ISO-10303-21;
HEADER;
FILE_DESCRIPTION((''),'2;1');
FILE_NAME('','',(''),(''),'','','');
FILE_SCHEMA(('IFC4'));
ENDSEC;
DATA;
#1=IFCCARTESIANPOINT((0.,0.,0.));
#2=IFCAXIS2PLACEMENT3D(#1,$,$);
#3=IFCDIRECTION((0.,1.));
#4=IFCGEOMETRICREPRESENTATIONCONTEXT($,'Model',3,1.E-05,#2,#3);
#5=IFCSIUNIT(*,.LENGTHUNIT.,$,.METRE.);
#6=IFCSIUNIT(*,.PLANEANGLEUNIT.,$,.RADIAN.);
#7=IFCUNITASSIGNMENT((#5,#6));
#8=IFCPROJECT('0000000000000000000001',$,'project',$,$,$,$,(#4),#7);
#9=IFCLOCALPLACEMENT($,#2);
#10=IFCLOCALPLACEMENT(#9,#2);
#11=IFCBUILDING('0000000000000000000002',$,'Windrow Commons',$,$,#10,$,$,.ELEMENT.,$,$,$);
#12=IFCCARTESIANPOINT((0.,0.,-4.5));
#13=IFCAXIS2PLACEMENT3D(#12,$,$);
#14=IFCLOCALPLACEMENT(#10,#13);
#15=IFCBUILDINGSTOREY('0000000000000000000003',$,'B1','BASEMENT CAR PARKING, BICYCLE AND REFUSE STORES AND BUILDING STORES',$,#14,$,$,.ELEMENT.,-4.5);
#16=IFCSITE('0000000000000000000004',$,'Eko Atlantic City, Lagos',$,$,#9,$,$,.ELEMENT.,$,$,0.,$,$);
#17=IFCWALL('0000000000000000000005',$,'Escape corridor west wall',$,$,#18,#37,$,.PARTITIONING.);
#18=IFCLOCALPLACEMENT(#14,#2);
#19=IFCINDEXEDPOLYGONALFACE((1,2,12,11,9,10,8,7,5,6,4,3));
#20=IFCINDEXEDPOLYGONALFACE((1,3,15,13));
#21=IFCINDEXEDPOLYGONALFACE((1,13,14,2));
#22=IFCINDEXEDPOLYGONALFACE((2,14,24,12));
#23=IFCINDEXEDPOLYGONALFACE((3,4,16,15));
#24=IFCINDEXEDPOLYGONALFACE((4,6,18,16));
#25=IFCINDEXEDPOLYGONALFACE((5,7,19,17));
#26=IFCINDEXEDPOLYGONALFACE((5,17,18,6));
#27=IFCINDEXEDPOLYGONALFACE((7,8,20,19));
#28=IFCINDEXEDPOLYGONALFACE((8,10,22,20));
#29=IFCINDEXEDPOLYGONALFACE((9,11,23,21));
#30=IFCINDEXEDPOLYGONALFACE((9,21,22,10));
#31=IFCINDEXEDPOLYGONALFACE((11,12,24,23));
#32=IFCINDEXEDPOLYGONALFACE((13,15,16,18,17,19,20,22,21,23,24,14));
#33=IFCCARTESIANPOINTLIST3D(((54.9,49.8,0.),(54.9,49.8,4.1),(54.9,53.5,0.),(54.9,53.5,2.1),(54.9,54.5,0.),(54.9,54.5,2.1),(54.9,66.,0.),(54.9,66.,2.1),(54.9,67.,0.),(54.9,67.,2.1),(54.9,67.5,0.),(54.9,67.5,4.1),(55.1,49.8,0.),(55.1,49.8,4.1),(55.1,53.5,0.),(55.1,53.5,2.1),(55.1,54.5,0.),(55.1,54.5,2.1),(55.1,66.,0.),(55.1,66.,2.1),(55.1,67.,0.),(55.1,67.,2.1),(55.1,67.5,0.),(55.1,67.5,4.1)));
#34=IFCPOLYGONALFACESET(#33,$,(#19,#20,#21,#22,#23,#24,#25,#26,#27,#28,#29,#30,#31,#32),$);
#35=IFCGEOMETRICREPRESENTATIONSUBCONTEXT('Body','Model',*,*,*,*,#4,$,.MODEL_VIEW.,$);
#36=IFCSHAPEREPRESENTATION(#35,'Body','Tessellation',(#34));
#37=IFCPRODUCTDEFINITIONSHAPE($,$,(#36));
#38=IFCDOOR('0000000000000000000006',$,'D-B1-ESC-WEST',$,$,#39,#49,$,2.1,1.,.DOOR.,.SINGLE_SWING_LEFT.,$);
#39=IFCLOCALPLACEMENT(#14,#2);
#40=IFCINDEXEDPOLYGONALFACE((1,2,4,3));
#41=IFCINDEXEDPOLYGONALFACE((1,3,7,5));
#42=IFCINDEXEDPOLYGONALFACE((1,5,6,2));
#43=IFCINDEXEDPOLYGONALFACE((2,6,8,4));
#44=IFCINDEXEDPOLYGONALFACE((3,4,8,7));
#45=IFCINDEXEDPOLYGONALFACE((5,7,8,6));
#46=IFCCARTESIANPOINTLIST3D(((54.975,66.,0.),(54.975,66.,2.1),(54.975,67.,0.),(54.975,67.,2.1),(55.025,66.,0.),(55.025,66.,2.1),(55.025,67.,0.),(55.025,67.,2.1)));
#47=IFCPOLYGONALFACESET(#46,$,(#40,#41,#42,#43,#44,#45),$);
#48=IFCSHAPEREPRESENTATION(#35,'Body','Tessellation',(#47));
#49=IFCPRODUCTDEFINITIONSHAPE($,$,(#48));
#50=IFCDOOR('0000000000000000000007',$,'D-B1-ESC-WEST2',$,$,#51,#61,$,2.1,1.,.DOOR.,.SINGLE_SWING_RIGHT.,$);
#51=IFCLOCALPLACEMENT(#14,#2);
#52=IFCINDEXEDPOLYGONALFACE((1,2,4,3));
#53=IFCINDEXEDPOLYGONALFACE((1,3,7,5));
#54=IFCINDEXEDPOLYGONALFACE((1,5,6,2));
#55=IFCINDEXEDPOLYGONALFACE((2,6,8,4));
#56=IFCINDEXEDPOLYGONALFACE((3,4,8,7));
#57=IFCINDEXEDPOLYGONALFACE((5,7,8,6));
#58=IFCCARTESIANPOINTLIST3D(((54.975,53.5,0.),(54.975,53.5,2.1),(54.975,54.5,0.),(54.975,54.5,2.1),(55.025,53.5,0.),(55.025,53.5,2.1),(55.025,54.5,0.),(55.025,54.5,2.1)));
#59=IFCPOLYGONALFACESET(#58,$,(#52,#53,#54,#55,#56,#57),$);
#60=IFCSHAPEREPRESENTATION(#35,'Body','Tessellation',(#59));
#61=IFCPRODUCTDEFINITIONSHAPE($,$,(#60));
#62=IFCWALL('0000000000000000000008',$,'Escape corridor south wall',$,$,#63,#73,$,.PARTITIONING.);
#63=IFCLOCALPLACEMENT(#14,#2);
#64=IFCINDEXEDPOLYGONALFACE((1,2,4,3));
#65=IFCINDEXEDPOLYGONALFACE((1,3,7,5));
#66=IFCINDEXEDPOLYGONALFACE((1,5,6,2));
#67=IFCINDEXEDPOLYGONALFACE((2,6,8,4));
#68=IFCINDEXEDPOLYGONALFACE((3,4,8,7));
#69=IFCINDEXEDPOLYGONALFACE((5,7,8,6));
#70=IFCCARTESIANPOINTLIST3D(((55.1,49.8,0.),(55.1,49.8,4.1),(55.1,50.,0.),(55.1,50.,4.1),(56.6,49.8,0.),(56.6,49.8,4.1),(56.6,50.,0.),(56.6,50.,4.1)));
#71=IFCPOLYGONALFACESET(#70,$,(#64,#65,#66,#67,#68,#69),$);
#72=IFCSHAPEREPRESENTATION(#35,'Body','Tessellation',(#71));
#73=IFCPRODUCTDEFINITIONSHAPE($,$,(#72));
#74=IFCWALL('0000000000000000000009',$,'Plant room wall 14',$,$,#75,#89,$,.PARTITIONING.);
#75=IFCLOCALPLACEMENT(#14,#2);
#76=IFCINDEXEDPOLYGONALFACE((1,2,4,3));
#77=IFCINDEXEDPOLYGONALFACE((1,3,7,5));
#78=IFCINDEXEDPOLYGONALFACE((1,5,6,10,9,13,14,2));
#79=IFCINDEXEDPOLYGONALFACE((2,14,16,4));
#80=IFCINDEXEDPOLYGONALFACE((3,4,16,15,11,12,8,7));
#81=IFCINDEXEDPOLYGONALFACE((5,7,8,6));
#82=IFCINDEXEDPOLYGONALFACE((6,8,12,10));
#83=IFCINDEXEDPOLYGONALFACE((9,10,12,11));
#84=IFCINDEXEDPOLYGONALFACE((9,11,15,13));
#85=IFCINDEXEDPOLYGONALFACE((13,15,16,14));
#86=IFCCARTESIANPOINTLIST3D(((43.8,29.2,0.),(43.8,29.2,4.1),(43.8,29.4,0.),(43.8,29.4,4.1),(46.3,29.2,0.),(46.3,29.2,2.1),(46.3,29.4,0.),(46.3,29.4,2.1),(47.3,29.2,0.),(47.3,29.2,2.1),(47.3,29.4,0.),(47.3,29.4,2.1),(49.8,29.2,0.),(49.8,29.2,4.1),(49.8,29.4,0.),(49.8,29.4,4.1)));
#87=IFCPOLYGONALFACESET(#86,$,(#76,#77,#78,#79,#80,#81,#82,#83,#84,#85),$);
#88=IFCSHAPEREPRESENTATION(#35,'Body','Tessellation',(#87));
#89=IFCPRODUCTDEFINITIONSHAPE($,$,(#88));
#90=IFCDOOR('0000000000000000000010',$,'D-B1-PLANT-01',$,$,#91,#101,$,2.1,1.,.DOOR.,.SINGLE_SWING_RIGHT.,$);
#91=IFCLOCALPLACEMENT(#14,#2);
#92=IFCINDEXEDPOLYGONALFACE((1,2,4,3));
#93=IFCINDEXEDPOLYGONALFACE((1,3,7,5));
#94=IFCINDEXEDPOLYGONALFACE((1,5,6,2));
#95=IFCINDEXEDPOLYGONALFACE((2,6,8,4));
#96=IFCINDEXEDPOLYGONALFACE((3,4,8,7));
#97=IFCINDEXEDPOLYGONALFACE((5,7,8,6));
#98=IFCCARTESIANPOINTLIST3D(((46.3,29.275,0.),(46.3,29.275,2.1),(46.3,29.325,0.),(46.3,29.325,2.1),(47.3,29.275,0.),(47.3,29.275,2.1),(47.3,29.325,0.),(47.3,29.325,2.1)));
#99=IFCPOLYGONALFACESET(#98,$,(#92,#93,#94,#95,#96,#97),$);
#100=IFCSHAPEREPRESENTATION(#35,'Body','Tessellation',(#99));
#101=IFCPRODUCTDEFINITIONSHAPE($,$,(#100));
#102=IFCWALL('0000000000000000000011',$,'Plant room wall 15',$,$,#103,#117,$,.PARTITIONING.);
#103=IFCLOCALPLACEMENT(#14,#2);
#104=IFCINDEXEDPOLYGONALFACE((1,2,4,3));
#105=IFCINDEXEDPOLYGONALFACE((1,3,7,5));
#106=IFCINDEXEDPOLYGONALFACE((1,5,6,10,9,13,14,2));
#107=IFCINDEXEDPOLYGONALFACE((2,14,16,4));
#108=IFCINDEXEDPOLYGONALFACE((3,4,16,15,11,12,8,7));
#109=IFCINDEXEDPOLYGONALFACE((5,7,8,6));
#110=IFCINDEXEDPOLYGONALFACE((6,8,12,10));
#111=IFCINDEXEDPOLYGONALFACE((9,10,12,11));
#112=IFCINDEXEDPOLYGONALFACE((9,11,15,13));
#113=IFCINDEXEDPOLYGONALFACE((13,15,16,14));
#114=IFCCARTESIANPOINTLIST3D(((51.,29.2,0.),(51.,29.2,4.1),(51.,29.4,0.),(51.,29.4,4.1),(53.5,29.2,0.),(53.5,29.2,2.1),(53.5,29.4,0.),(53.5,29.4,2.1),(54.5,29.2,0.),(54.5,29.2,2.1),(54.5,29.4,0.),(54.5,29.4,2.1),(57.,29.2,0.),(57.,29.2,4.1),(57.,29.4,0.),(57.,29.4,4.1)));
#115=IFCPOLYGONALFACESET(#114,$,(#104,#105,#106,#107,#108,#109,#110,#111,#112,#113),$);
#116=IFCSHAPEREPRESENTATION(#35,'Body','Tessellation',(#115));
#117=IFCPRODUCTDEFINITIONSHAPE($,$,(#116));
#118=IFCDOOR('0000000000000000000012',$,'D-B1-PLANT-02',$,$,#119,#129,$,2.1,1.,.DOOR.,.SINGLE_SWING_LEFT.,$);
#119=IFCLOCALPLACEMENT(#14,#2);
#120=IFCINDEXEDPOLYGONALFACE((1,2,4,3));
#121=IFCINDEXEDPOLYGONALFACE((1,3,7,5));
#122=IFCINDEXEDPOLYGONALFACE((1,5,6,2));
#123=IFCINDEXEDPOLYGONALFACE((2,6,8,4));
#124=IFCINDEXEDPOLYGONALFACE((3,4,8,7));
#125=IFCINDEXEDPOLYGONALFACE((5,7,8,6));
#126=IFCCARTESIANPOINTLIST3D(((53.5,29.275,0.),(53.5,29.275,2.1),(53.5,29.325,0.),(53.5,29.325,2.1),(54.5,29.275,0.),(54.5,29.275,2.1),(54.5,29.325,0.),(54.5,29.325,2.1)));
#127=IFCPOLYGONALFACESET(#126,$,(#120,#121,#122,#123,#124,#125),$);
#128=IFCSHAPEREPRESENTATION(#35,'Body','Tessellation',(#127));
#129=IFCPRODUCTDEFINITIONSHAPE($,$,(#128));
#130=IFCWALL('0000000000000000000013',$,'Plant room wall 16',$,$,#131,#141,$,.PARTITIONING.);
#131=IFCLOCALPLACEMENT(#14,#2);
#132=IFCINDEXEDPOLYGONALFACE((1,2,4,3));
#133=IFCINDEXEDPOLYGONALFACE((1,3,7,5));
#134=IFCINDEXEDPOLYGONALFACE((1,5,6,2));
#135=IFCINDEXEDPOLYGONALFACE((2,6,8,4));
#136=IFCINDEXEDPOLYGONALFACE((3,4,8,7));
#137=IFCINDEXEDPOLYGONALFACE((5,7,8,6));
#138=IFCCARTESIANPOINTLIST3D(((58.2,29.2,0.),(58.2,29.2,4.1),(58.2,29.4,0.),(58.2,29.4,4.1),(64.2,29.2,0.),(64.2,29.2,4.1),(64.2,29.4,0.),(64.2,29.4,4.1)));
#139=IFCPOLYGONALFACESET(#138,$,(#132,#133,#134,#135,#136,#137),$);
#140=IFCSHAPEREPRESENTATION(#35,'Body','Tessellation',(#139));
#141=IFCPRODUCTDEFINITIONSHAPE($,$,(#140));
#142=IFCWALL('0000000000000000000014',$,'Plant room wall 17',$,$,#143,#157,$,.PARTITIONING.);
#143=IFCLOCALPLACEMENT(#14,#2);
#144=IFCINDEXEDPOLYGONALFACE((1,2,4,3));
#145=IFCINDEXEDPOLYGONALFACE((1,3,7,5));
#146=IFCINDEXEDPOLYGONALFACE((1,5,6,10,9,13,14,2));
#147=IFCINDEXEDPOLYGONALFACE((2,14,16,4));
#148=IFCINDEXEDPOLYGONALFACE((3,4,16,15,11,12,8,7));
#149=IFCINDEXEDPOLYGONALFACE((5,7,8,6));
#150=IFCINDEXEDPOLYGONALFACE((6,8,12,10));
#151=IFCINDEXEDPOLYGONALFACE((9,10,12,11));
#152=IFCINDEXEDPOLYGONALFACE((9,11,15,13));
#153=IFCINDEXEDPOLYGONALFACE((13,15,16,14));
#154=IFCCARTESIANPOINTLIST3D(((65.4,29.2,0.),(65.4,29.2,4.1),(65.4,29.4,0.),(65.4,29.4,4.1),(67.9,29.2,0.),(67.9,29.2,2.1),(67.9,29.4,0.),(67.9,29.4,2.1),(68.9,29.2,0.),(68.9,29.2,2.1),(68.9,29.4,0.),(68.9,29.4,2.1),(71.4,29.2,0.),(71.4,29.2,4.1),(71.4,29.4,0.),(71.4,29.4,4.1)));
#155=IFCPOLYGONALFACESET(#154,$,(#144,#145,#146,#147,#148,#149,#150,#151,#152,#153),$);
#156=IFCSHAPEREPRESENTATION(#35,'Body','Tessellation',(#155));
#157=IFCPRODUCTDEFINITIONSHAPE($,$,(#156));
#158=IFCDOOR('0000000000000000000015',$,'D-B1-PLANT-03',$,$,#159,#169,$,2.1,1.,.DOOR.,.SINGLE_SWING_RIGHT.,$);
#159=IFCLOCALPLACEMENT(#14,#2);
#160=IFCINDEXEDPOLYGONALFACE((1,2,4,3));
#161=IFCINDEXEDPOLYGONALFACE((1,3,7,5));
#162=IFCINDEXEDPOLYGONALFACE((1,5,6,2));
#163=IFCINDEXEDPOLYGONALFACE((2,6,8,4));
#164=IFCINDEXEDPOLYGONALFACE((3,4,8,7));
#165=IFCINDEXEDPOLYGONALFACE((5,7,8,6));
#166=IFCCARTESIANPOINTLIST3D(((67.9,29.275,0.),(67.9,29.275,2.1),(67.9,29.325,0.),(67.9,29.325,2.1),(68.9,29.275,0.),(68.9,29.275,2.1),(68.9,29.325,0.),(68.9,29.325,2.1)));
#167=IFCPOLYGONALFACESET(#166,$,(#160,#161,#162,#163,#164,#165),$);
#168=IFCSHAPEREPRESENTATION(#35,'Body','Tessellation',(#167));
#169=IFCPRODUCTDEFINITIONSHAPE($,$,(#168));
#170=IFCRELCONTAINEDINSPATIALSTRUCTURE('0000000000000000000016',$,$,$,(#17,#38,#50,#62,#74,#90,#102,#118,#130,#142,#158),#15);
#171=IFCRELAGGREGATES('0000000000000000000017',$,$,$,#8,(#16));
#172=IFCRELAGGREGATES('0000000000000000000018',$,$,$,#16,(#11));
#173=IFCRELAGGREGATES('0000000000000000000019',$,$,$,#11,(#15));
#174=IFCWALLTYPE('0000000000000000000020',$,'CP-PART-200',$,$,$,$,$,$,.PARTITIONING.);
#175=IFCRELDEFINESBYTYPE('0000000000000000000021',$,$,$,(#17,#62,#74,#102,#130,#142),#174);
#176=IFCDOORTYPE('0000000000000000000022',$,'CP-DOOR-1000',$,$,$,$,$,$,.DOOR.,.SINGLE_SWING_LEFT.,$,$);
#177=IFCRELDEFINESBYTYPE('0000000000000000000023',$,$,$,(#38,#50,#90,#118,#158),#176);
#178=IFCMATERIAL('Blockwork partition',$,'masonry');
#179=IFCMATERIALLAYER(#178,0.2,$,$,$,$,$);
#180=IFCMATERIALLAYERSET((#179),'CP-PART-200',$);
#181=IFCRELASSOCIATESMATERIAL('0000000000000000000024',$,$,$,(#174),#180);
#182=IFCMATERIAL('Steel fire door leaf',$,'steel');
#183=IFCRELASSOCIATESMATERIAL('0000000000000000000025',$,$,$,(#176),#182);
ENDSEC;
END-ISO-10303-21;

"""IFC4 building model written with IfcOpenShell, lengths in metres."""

from ifc_helpers import new_model, si_unit, direction, frame, frame_2d, origin, place, context, subcontext, project, spatial, rectangle, extrude, material, layer, layer_set, type_object, element, fill, save


model = new_model("IFC4")

# Units and contexts
model_context = context("Model", 3, precision=1e-05, world=origin(), true_north=direction((0.0, 1.0)))
body_context = subcontext(model_context, "Body", "Model", "MODEL_VIEW")
ifc_project = project(units=[si_unit("LENGTHUNIT", "METRE"), si_unit("PLANEANGLEUNIT", "RADIAN")], contexts=[model_context])

# Site, building, storey
site_placement = place(None, origin())
site = spatial("IfcSite", under=ifc_project, at=site_placement, Name="Eko Atlantic City, Lagos", CompositionType="ELEMENT", RefElevation=0.0)
building_placement = place(site_placement, origin())
building = spatial("IfcBuilding", under=site, at=building_placement, Name="Windrow Commons", CompositionType="ELEMENT")
storey_placement = place(building_placement, frame((0.0, 0.0, -4.5)))
storey = spatial("IfcBuildingStorey", under=building, at=storey_placement, Name="B1", Description="BASEMENT CAR PARKING, BICYCLE AND REFUSE STORES AND BUILDING STORES", CompositionType="ELEMENT", Elevation=-4.5)

# Wall, openings, doors
ifc_material_1 = material(Name="Blockwork partition", Category="masonry")
ifc_layer_1 = layer(ifc_material_1, 0.2)
ifc_layer_set_1 = layer_set([ifc_layer_1], Name="CP-PART-200")
wall_type_1 = type_object("IfcWallType", Name="CP-PART-200", PredefinedType="PARTITIONING", material=ifc_layer_set_1)
wall_1_placement = place(storey_placement, frame((55.0, 49.8, 0.0), z_axis=(0.0, 0.0, 1.0), x_axis=(0.0, 1.0, 0.0)))
wall_1 = element("IfcWall", 1, at=wall_1_placement, inside=storey, type_object=wall_type_1, Name="Escape corridor west wall", PredefinedType="PARTITIONING", context=body_context, shape_type="SweptSolid", body=[
    extrude(rectangle(XDim=17.7, YDim=0.2, at=frame_2d((8.85, 0.0))), origin(), (0.0, 0.0, 1.0), 4.1),
])
opening_1_placement = place(wall_1_placement, frame((16.2, 0.0, 0.0)))
opening_1 = element("IfcOpeningElement", 2, at=opening_1_placement, cuts=wall_1, PredefinedType="OPENING", context=body_context, shape_type="SweptSolid", body=[
    extrude(rectangle(XDim=1.0, YDim=2.1, at=frame_2d((0.5, 1.05))), frame((0.0, 0.11, 0.0), z_axis=(0.0, -1.0, 0.0), x_axis=(1.0, 0.0, 0.0)), (0.0, 0.0, 1.0), 0.22),
])
opening_2_placement = place(wall_1_placement, frame((3.7, 0.0, 0.0)))
opening_2 = element("IfcOpeningElement", 3, at=opening_2_placement, cuts=wall_1, PredefinedType="OPENING", context=body_context, shape_type="SweptSolid", body=[
    extrude(rectangle(XDim=1.0, YDim=2.1, at=frame_2d((0.5, 1.05))), frame((0.0, 0.11, 0.0), z_axis=(0.0, -1.0, 0.0), x_axis=(1.0, 0.0, 0.0)), (0.0, 0.0, 1.0), 0.22),
])
ifc_material_2 = material(Name="Steel fire door leaf", Category="steel")
door_type = type_object("IfcDoorType", Name="CP-DOOR-1000", OperationType="SINGLE_SWING_LEFT", PredefinedType="DOOR", material=ifc_material_2)
door_1_placement = place(opening_1_placement, origin())
door_1 = element("IfcDoor", 4, at=door_1_placement, inside=storey, type_object=door_type, Name="D-B1-ESC-WEST", OperationType="SINGLE_SWING_LEFT", OverallHeight=2.1, OverallWidth=1.0, PredefinedType="DOOR", context=body_context, shape_type="SweptSolid", body=[
    extrude(rectangle(XDim=1.0, YDim=2.1, at=frame_2d((0.5, 1.05))), frame((0.0, 0.025, 0.0), z_axis=(0.0, -1.0, 0.0), x_axis=(1.0, 0.0, 0.0)), (0.0, 0.0, 1.0), 0.05),
])
fill(opening_1, door_1)
door_2_placement = place(opening_2_placement, origin())
door_2 = element("IfcDoor", 5, at=door_2_placement, inside=storey, type_object=door_type, Name="D-B1-ESC-WEST2", OperationType="SINGLE_SWING_RIGHT", OverallHeight=2.1, OverallWidth=1.0, PredefinedType="DOOR", context=body_context, shape_type="SweptSolid", body=[
    extrude(rectangle(XDim=1.0, YDim=2.1, at=frame_2d((0.5, 1.05))), frame((0.0, 0.025, 0.0), z_axis=(0.0, -1.0, 0.0), x_axis=(1.0, 0.0, 0.0)), (0.0, 0.0, 1.0), 0.05),
])
fill(opening_2, door_2)

# Wall
wall_2_placement = place(storey_placement, frame((55.1, 49.9, 0.0), z_axis=(0.0, 0.0, 1.0), x_axis=(1.0, 0.0, 0.0)))
element("IfcWall", 6, at=wall_2_placement, inside=storey, type_object=wall_type_1, Name="Escape corridor south wall", PredefinedType="PARTITIONING", context=body_context, shape_type="SweptSolid", body=[
    extrude(rectangle(XDim=1.5, YDim=0.2, at=frame_2d((0.75, 0.0))), origin(), (0.0, 0.0, 1.0), 4.1),
])

# Walls, openings, doors
wall_3_placement = place(storey_placement, frame((43.8, 29.3, 0.0), z_axis=(0.0, 0.0, 1.0), x_axis=(1.0, 0.0, 0.0)))
wall_3 = element("IfcWall", 7, at=wall_3_placement, inside=storey, type_object=wall_type_1, Name="Plant room wall 14", PredefinedType="PARTITIONING", context=body_context, shape_type="SweptSolid", body=[
    extrude(rectangle(XDim=6.0, YDim=0.2, at=frame_2d((3.0, 0.0))), origin(), (0.0, 0.0, 1.0), 4.1),
])
opening_3_placement = place(wall_3_placement, frame((2.5, 0.0, 0.0)))
opening_3 = element("IfcOpeningElement", 8, at=opening_3_placement, cuts=wall_3, PredefinedType="OPENING", context=body_context, shape_type="SweptSolid", body=[
    extrude(rectangle(XDim=1.0, YDim=2.1, at=frame_2d((0.5, 1.05))), frame((0.0, 0.11, 0.0), z_axis=(0.0, -1.0, 0.0), x_axis=(1.0, 0.0, 0.0)), (0.0, 0.0, 1.0), 0.22),
])
door_3_placement = place(opening_3_placement, origin())
door_3 = element("IfcDoor", 9, at=door_3_placement, inside=storey, type_object=door_type, Name="D-B1-PLANT-01", OperationType="SINGLE_SWING_RIGHT", OverallHeight=2.1, OverallWidth=1.0, PredefinedType="DOOR", context=body_context, shape_type="SweptSolid", body=[
    extrude(rectangle(XDim=1.0, YDim=2.1, at=frame_2d((0.5, 1.05))), frame((0.0, 0.025, 0.0), z_axis=(0.0, -1.0, 0.0), x_axis=(1.0, 0.0, 0.0)), (0.0, 0.0, 1.0), 0.05),
])
fill(opening_3, door_3)
wall_4_placement = place(storey_placement, frame((51.0, 29.3, 0.0), z_axis=(0.0, 0.0, 1.0), x_axis=(1.0, 0.0, 0.0)))
wall_4 = element("IfcWall", 10, at=wall_4_placement, inside=storey, type_object=wall_type_1, Name="Plant room wall 15", PredefinedType="PARTITIONING", context=body_context, shape_type="SweptSolid", body=[
    extrude(rectangle(XDim=6.0, YDim=0.2, at=frame_2d((3.0, 0.0))), origin(), (0.0, 0.0, 1.0), 4.1),
])
opening_4_placement = place(wall_4_placement, frame((2.5, 0.0, 0.0)))
opening_4 = element("IfcOpeningElement", 11, at=opening_4_placement, cuts=wall_4, PredefinedType="OPENING", context=body_context, shape_type="SweptSolid", body=[
    extrude(rectangle(XDim=1.0, YDim=2.1, at=frame_2d((0.5, 1.05))), frame((0.0, 0.11, 0.0), z_axis=(0.0, -1.0, 0.0), x_axis=(1.0, 0.0, 0.0)), (0.0, 0.0, 1.0), 0.22),
])
door_4_placement = place(opening_4_placement, origin())
door_4 = element("IfcDoor", 12, at=door_4_placement, inside=storey, type_object=door_type, Name="D-B1-PLANT-02", OperationType="SINGLE_SWING_LEFT", OverallHeight=2.1, OverallWidth=1.0, PredefinedType="DOOR", context=body_context, shape_type="SweptSolid", body=[
    extrude(rectangle(XDim=1.0, YDim=2.1, at=frame_2d((0.5, 1.05))), frame((0.0, 0.025, 0.0), z_axis=(0.0, -1.0, 0.0), x_axis=(1.0, 0.0, 0.0)), (0.0, 0.0, 1.0), 0.05),
])
fill(opening_4, door_4)

# Wall
wall_5_placement = place(storey_placement, frame((58.2, 29.3, 0.0), z_axis=(0.0, 0.0, 1.0), x_axis=(1.0, 0.0, 0.0)))
element("IfcWall", 13, at=wall_5_placement, inside=storey, type_object=wall_type_1, Name="Plant room wall 16", PredefinedType="PARTITIONING", context=body_context, shape_type="SweptSolid", body=[
    extrude(rectangle(XDim=6.0, YDim=0.2, at=frame_2d((3.0, 0.0))), origin(), (0.0, 0.0, 1.0), 4.1),
])

# Wall, opening, door
wall_6_placement = place(storey_placement, frame((65.4, 29.3, 0.0), z_axis=(0.0, 0.0, 1.0), x_axis=(1.0, 0.0, 0.0)))
wall_6 = element("IfcWall", 14, at=wall_6_placement, inside=storey, type_object=wall_type_1, Name="Plant room wall 17", PredefinedType="PARTITIONING", context=body_context, shape_type="SweptSolid", body=[
    extrude(rectangle(XDim=6.0, YDim=0.2, at=frame_2d((3.0, 0.0))), origin(), (0.0, 0.0, 1.0), 4.1),
])
opening_5_placement = place(wall_6_placement, frame((2.5, 0.0, 0.0)))
opening_5 = element("IfcOpeningElement", 15, at=opening_5_placement, cuts=wall_6, PredefinedType="OPENING", context=body_context, shape_type="SweptSolid", body=[
    extrude(rectangle(XDim=1.0, YDim=2.1, at=frame_2d((0.5, 1.05))), frame((0.0, 0.11, 0.0), z_axis=(0.0, -1.0, 0.0), x_axis=(1.0, 0.0, 0.0)), (0.0, 0.0, 1.0), 0.22),
])
door_5_placement = place(opening_5_placement, origin())
door_5 = element("IfcDoor", 16, at=door_5_placement, inside=storey, type_object=door_type, Name="D-B1-PLANT-03", OperationType="SINGLE_SWING_RIGHT", OverallHeight=2.1, OverallWidth=1.0, PredefinedType="DOOR", context=body_context, shape_type="SweptSolid", body=[
    extrude(rectangle(XDim=1.0, YDim=2.1, at=frame_2d((0.5, 1.05))), frame((0.0, 0.025, 0.0), z_axis=(0.0, -1.0, 0.0), x_axis=(1.0, 0.0, 0.0)), (0.0, 0.0, 1.0), 0.05),
])
fill(opening_5, door_5)

save(model, "model.ifc")
